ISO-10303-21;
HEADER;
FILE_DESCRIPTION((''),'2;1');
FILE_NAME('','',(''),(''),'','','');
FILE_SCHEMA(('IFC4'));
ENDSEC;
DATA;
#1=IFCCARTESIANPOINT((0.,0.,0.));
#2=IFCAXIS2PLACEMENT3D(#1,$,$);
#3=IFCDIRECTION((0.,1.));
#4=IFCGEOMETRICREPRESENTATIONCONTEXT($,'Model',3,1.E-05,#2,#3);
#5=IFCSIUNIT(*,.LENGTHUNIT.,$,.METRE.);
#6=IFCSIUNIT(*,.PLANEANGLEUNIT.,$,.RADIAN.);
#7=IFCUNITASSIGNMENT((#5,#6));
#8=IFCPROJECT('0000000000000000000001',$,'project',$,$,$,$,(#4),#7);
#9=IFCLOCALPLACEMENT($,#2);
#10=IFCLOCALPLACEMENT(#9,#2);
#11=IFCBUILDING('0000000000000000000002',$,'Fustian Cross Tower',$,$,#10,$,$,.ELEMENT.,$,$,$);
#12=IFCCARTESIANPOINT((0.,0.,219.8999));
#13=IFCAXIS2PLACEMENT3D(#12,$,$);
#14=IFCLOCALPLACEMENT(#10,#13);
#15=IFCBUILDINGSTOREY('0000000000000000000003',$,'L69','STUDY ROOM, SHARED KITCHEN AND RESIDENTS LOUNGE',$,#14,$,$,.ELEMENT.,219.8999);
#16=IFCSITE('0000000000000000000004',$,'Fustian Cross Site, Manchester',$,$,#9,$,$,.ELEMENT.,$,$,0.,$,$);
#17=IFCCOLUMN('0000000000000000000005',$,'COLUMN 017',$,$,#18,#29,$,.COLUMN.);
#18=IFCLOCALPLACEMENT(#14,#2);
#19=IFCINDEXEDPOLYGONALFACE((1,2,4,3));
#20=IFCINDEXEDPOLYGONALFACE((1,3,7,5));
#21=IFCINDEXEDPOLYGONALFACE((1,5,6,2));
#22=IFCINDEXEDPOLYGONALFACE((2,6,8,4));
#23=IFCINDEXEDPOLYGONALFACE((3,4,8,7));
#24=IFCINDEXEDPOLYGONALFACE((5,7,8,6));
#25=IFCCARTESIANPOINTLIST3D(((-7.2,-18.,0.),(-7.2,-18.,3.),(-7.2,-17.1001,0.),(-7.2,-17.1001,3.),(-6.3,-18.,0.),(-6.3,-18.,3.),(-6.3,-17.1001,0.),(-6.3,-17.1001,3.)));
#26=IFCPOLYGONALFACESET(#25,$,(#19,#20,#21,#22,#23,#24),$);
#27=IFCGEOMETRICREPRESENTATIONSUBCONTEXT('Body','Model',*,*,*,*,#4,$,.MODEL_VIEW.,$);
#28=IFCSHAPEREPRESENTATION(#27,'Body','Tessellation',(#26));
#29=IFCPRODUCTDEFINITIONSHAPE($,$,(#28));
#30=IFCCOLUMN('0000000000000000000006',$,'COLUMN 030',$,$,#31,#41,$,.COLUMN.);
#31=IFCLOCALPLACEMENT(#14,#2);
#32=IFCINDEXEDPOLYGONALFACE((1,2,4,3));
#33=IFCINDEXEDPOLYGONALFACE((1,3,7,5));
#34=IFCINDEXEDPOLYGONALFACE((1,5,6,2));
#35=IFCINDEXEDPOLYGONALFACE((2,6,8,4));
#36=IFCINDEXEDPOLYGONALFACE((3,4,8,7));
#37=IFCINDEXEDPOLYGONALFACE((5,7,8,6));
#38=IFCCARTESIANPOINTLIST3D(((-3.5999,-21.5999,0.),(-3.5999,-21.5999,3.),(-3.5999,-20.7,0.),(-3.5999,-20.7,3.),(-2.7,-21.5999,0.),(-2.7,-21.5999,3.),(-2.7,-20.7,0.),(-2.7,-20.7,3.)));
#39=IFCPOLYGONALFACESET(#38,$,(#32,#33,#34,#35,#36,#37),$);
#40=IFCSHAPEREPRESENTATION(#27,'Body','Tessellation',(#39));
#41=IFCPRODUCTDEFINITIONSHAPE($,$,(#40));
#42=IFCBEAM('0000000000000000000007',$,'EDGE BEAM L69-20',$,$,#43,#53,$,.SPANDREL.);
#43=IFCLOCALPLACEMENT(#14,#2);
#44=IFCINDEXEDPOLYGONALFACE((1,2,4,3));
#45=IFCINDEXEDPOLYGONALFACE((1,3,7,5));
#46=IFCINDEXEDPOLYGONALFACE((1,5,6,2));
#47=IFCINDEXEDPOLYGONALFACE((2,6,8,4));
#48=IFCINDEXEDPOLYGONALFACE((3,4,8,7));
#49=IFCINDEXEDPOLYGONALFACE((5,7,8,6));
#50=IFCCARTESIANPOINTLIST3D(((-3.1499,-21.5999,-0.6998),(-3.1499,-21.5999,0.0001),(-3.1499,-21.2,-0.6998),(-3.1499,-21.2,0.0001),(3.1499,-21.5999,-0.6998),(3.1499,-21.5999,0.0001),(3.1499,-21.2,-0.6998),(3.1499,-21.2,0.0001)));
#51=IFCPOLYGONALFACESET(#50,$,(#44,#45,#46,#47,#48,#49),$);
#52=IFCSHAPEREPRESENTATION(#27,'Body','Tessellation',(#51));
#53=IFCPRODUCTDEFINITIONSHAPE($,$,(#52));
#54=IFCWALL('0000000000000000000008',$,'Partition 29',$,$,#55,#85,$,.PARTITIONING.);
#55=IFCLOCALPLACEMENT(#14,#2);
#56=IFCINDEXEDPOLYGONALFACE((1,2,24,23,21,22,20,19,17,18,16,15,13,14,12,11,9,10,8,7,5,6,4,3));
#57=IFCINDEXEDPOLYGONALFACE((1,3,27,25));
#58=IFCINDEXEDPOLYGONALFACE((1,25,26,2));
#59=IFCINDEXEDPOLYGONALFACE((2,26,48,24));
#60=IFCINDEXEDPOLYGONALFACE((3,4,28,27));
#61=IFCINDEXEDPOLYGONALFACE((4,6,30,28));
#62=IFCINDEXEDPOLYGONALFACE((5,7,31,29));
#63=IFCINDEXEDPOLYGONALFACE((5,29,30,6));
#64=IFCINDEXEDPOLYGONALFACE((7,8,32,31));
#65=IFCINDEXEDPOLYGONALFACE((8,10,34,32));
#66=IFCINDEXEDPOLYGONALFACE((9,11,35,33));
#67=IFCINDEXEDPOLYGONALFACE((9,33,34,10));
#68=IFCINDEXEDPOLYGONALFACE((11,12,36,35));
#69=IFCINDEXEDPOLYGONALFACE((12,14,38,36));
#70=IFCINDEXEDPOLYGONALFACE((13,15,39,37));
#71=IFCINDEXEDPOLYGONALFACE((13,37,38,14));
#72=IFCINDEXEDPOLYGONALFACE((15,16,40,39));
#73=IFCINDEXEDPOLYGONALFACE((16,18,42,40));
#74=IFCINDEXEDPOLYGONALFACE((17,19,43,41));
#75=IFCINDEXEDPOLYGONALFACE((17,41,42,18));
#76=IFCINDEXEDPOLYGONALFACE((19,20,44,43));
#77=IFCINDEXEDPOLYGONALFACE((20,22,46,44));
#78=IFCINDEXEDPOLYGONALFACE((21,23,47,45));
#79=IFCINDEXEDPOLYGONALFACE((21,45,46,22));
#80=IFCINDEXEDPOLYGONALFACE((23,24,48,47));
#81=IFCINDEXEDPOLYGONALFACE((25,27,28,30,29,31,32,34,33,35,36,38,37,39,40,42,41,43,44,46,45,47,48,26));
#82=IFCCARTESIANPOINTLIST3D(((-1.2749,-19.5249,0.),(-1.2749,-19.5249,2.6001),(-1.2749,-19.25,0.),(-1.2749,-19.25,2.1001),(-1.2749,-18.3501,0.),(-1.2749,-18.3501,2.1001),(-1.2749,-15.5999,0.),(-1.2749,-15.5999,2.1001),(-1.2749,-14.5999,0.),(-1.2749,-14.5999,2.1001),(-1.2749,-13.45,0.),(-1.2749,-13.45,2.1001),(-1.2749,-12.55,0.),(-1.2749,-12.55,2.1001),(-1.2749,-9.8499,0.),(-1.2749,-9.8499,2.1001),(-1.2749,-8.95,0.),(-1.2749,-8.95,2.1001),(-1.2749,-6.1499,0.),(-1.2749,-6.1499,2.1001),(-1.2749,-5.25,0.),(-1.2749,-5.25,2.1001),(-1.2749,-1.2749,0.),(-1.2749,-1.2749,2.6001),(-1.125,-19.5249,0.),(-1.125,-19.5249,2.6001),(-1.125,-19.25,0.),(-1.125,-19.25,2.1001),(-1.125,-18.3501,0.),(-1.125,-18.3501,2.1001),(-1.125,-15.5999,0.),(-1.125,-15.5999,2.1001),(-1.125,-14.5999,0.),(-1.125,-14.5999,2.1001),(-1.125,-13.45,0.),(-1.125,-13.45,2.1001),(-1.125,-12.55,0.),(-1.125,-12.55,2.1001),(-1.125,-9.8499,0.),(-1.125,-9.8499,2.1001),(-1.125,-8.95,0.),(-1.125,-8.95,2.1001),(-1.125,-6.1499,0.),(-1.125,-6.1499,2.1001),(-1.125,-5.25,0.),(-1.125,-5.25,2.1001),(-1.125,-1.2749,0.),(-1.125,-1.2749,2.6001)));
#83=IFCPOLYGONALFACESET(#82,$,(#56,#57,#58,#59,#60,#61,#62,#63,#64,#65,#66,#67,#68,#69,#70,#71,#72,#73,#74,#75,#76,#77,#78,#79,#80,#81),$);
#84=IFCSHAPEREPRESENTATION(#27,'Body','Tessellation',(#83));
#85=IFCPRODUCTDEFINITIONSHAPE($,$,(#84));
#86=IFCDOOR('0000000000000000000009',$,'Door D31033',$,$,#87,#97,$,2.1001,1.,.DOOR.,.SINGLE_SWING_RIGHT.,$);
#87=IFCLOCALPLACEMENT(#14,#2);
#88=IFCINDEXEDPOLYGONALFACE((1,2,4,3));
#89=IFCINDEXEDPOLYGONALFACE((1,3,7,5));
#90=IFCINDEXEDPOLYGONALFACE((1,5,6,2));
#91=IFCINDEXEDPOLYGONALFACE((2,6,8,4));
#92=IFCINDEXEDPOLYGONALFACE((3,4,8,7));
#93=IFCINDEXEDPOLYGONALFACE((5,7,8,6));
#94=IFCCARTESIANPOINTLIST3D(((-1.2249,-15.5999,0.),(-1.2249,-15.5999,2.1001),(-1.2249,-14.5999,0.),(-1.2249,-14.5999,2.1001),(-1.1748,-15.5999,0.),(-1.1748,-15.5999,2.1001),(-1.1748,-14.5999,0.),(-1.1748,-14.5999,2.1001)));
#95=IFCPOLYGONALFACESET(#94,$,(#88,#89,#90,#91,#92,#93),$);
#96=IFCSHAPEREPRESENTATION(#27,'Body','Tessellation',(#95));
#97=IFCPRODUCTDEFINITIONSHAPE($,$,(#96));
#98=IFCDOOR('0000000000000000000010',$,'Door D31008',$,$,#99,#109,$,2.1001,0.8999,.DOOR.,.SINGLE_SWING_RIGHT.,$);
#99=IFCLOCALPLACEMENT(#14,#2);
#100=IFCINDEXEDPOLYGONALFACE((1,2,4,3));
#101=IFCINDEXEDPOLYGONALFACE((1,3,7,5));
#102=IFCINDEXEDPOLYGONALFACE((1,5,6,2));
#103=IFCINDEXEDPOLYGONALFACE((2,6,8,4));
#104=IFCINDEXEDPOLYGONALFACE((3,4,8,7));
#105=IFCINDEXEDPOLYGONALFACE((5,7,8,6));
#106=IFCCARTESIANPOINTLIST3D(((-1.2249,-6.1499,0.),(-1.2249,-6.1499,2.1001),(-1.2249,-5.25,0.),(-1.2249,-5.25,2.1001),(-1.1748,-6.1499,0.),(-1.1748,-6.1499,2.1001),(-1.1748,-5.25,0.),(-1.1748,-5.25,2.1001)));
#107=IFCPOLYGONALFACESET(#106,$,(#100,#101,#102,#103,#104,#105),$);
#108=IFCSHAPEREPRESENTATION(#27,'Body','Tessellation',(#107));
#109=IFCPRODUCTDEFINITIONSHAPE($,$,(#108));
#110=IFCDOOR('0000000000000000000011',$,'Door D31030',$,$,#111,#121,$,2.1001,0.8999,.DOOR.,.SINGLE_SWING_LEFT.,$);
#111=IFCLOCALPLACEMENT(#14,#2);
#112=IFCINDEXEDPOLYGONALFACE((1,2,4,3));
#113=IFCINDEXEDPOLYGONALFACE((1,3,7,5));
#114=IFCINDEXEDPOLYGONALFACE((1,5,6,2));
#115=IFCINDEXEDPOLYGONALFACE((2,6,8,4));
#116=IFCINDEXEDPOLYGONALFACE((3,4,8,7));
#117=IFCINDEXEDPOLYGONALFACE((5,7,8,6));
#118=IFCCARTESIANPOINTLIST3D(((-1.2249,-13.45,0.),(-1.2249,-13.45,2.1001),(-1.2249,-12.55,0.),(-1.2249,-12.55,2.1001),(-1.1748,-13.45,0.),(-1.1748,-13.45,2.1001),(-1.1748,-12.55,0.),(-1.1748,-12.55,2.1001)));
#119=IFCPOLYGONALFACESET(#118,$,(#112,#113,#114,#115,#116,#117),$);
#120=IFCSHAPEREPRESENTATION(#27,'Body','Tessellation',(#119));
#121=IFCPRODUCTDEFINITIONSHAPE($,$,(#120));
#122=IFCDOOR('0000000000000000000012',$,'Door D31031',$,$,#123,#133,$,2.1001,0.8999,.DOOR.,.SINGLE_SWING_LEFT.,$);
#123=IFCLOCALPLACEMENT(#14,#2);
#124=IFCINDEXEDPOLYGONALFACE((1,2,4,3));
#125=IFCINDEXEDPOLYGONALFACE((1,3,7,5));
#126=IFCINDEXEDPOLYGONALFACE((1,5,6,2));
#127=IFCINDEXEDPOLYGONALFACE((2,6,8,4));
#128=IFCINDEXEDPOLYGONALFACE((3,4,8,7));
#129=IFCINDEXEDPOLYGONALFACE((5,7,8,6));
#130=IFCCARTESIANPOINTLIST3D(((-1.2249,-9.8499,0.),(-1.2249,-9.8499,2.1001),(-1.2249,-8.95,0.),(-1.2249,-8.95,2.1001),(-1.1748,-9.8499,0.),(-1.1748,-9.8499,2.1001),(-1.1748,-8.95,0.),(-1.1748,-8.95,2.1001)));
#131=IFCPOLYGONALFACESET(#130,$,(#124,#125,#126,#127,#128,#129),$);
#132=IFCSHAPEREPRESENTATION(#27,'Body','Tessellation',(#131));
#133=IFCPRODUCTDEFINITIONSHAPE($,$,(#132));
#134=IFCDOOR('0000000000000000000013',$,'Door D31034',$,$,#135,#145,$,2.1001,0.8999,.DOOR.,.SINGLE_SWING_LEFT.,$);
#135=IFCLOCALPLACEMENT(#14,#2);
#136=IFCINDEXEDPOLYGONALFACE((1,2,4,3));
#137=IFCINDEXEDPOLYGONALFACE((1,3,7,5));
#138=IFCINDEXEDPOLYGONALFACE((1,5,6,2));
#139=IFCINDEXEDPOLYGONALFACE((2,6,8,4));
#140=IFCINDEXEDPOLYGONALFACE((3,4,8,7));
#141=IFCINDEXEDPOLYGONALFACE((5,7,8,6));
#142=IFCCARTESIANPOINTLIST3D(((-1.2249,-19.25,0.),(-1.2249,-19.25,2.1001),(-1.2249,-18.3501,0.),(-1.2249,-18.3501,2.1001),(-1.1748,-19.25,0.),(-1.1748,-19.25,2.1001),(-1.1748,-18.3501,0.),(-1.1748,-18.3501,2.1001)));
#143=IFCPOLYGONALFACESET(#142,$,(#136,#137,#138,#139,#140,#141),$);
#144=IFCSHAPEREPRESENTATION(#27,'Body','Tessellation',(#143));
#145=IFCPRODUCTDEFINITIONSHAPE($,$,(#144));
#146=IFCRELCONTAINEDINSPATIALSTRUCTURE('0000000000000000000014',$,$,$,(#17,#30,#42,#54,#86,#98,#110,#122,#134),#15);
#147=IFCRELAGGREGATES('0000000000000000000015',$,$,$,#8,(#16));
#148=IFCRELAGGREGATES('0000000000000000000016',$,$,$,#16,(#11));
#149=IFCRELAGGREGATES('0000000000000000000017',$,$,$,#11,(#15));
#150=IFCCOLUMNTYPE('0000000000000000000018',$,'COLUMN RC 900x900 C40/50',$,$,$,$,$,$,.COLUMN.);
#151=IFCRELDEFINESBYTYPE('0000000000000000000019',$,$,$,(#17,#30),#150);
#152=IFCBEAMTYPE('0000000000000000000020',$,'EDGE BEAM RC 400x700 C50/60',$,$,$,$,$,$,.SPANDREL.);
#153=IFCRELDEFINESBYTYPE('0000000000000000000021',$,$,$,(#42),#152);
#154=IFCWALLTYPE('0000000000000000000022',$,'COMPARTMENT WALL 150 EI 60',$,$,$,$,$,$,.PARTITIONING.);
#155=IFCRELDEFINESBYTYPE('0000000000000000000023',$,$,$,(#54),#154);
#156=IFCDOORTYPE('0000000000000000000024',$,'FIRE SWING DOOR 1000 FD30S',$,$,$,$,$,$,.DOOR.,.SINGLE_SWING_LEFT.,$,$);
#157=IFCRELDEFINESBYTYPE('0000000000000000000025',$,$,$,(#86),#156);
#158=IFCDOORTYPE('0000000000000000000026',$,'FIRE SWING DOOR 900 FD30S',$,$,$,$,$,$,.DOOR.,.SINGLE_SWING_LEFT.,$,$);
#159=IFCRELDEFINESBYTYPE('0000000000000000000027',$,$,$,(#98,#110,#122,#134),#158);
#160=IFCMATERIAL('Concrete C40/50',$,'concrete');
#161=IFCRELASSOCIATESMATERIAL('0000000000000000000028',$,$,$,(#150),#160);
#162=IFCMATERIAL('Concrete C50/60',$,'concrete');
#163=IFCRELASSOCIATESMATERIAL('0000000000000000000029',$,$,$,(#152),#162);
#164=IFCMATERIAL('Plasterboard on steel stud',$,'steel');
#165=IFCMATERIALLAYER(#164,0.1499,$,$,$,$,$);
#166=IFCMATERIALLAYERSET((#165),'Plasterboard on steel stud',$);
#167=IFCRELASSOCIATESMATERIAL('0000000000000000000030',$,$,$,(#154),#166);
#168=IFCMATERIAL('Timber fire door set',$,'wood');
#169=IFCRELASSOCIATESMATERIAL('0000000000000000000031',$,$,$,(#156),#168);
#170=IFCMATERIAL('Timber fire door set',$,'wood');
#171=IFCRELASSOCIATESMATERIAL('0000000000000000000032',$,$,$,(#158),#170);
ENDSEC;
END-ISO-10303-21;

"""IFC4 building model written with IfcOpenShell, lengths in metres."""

from ifc_helpers import new_model, si_unit, direction, frame, frame_2d, origin, origin_2d, place, context, subcontext, project, spatial, rectangle, extrude, material, layer, layer_set, material_profile, profile_set, type_object, element, fill, save


model = new_model("IFC4")

# Units and contexts
model_context = context("Model", 3, precision=1e-05, world=origin(), true_north=direction((0.0, 1.0)))
body_context = subcontext(model_context, "Body", "Model", "MODEL_VIEW")
ifc_project = project(units=[si_unit("LENGTHUNIT", "METRE"), si_unit("PLANEANGLEUNIT", "RADIAN")], contexts=[model_context])

# Site, building, storey
site_placement = place(None, origin())
site = spatial("IfcSite", under=ifc_project, at=site_placement, Name="Fustian Cross Site, Manchester", CompositionType="ELEMENT", RefElevation=0.0)
building_placement = place(site_placement, origin())
building = spatial("IfcBuilding", under=site, at=building_placement, Name="Fustian Cross Tower", CompositionType="ELEMENT")
storey_placement = place(building_placement, frame((0.0, 0.0, 219.8999)))
storey = spatial("IfcBuildingStorey", under=building, at=storey_placement, Name="L69", Description="STUDY ROOM, SHARED KITCHEN AND RESIDENTS LOUNGE", CompositionType="ELEMENT", Elevation=219.8999)

# Columns
ifc_material_1 = material(Name="Concrete C40/50", Category="concrete")
ifc_material_profile_1 = material_profile(ifc_material_1, rectangle(XDim=0.8999, YDim=0.8999, at=origin_2d()), Name="RC 900x900")
ifc_profile_set_1 = profile_set([ifc_material_profile_1], Name="Concrete C40/50")
column_type = type_object("IfcColumnType", Name="COLUMN RC 900x900 C40/50", PredefinedType="COLUMN", material=ifc_profile_set_1)
for number, where, z_axis, x_axis, name in (
    (1, (-6.75, -17.55, 0.0), (0.0, 0.0, 1.0), (1.0, 0.0, 0.0), "COLUMN 017"),
    (2, (-3.1499, -21.1499, 0.0), (0.0, 0.0, 1.0), (1.0, 0.0, 0.0), "COLUMN 030"),
):
    element("IfcColumn", number, at=place(storey_placement, frame(where, z_axis=z_axis, x_axis=x_axis)), inside=storey, type_object=column_type, Name=name, PredefinedType="COLUMN", context=body_context, shape_type="SweptSolid", body=[
        extrude(rectangle(XDim=0.8999, YDim=0.8999, at=origin_2d()), origin(), (0.0, 0.0, 1.0), 3.0),
    ])

# Beam
ifc_material_2 = material(Name="Concrete C50/60", Category="concrete")
ifc_material_profile_2 = material_profile(ifc_material_2, rectangle(XDim=0.3999, YDim=0.7, at=origin_2d()), Name="RC 400x700")
ifc_profile_set_2 = profile_set([ifc_material_profile_2], Name="Concrete C50/60")
beam_type = type_object("IfcBeamType", Name="EDGE BEAM RC 400x700 C50/60", PredefinedType="SPANDREL", material=ifc_profile_set_2)
beam_placement = place(storey_placement, frame((-3.1499, -21.3999, -0.3499), z_axis=(1.0, 0.0, 0.0), x_axis=(0.0, 1.0, 0.0)))
element("IfcBeam", 3, at=beam_placement, inside=storey, type_object=beam_type, Name="EDGE BEAM L69-20", PredefinedType="SPANDREL", context=body_context, shape_type="SweptSolid", body=[
    extrude(rectangle(XDim=0.3999, YDim=0.7, at=origin_2d()), origin(), (0.0, 0.0, 1.0), 6.2998),
])

# Wall, openings, doors
ifc_material_3 = material(Name="Plasterboard on steel stud", Category="steel")
ifc_layer_1 = layer(ifc_material_3, 0.1499)
ifc_layer_set_1 = layer_set([ifc_layer_1], Name="Plasterboard on steel stud")
wall_type_1 = type_object("IfcWallType", Name="COMPARTMENT WALL 150 EI 60", PredefinedType="PARTITIONING", material=ifc_layer_set_1)
wall_1_placement = place(storey_placement, frame((-1.2, -19.5249, 0.0), z_axis=(0.0, 0.0, 1.0), x_axis=(0.0, 1.0, 0.0)))
wall_1 = element("IfcWall", 4, at=wall_1_placement, inside=storey, type_object=wall_type_1, Name="Partition 29", PredefinedType="PARTITIONING", context=body_context, shape_type="SweptSolid", body=[
    extrude(rectangle(XDim=18.25, YDim=0.1499, at=frame_2d((9.125, 0.0))), origin(), (0.0, 0.0, 1.0), 2.6001),
])
opening_1_placement = place(wall_1_placement, frame((13.375, 0.0, 0.0)))
opening_1 = element("IfcOpeningElement", 5, at=opening_1_placement, cuts=wall_1, PredefinedType="OPENING", context=body_context, shape_type="SweptSolid", body=[
    extrude(rectangle(XDim=0.8999, YDim=2.1001, at=frame_2d((0.45, 1.05))), frame((0.0, 0.085, 0.0), z_axis=(0.0, -1.0, 0.0), x_axis=(1.0, 0.0, 0.0)), (0.0, 0.0, 1.0), 0.1699),
])
opening_2_placement = place(wall_1_placement, frame((6.075, 0.0, 0.0)))
opening_2 = element("IfcOpeningElement", 6, at=opening_2_placement, cuts=wall_1, PredefinedType="OPENING", context=body_context, shape_type="SweptSolid", body=[
    extrude(rectangle(XDim=0.8999, YDim=2.1001, at=frame_2d((0.45, 1.05))), frame((0.0, 0.085, 0.0), z_axis=(0.0, -1.0, 0.0), x_axis=(1.0, 0.0, 0.0)), (0.0, 0.0, 1.0), 0.1699),
])
opening_3_placement = place(wall_1_placement, frame((9.675, 0.0, 0.0)))
opening_3 = element("IfcOpeningElement", 7, at=opening_3_placement, cuts=wall_1, PredefinedType="OPENING", context=body_context, shape_type="SweptSolid", body=[
    extrude(rectangle(XDim=0.8999, YDim=2.1001, at=frame_2d((0.45, 1.05))), frame((0.0, 0.085, 0.0), z_axis=(0.0, -1.0, 0.0), x_axis=(1.0, 0.0, 0.0)), (0.0, 0.0, 1.0), 0.1699),
])
opening_4_placement = place(wall_1_placement, frame((3.925, 0.0, 0.0)))
opening_4 = element("IfcOpeningElement", 8, at=opening_4_placement, cuts=wall_1, PredefinedType="OPENING", context=body_context, shape_type="SweptSolid", body=[
    extrude(rectangle(XDim=1.0, YDim=2.1001, at=frame_2d((0.5, 1.05))), frame((0.0, 0.085, 0.0), z_axis=(0.0, -1.0, 0.0), x_axis=(1.0, 0.0, 0.0)), (0.0, 0.0, 1.0), 0.1699),
])
opening_5_placement = place(wall_1_placement, frame((0.2749, 0.0, 0.0)))
opening_5 = element("IfcOpeningElement", 9, at=opening_5_placement, cuts=wall_1, PredefinedType="OPENING", context=body_context, shape_type="SweptSolid", body=[
    extrude(rectangle(XDim=0.8999, YDim=2.1001, at=frame_2d((0.45, 1.05))), frame((0.0, 0.085, 0.0), z_axis=(0.0, -1.0, 0.0), x_axis=(1.0, 0.0, 0.0)), (0.0, 0.0, 1.0), 0.1699),
])
ifc_material_4 = material(Name="Timber fire door set", Category="wood")
door_type_1 = type_object("IfcDoorType", Name="FIRE SWING DOOR 1000 FD30S", OperationType="SINGLE_SWING_LEFT", PredefinedType="DOOR", material=ifc_material_4)
door_1_placement = place(opening_4_placement, origin())
door_1 = element("IfcDoor", 10, at=door_1_placement, inside=storey, type_object=door_type_1, Name="Door D31033", OperationType="SINGLE_SWING_RIGHT", OverallHeight=2.1001, OverallWidth=1.0, PredefinedType="DOOR", context=body_context, shape_type="SweptSolid", body=[
    extrude(rectangle(XDim=1.0, YDim=2.1001, at=frame_2d((0.5, 1.05))), frame((0.0, 0.0249, 0.0), z_axis=(0.0, -1.0, 0.0), x_axis=(1.0, 0.0, 0.0)), (0.0, 0.0, 1.0), 0.05),
])
fill(opening_4, door_1)
ifc_material_5 = material(Name="Timber fire door set", Category="wood")
door_type_2 = type_object("IfcDoorType", Name="FIRE SWING DOOR 900 FD30S", OperationType="SINGLE_SWING_LEFT", PredefinedType="DOOR", material=ifc_material_5)
door_2_placement = place(opening_1_placement, origin())
door_2 = element("IfcDoor", 11, at=door_2_placement, inside=storey, type_object=door_type_2, Name="Door D31008", OperationType="SINGLE_SWING_RIGHT", OverallHeight=2.1001, OverallWidth=0.8999, PredefinedType="DOOR", context=body_context, shape_type="SweptSolid", body=[
    extrude(rectangle(XDim=0.8999, YDim=2.1001, at=frame_2d((0.45, 1.05))), frame((0.0, 0.0249, 0.0), z_axis=(0.0, -1.0, 0.0), x_axis=(1.0, 0.0, 0.0)), (0.0, 0.0, 1.0), 0.05),
])
fill(opening_1, door_2)
door_3_placement = place(opening_2_placement, origin())
door_3 = element("IfcDoor", 12, at=door_3_placement, inside=storey, type_object=door_type_2, Name="Door D31030", OperationType="SINGLE_SWING_LEFT", OverallHeight=2.1001, OverallWidth=0.8999, PredefinedType="DOOR", context=body_context, shape_type="SweptSolid", body=[
    extrude(rectangle(XDim=0.8999, YDim=2.1001, at=frame_2d((0.45, 1.05))), frame((0.0, 0.0249, 0.0), z_axis=(0.0, -1.0, 0.0), x_axis=(1.0, 0.0, 0.0)), (0.0, 0.0, 1.0), 0.05),
])
fill(opening_2, door_3)
door_4_placement = place(opening_3_placement, origin())
door_4 = element("IfcDoor", 13, at=door_4_placement, inside=storey, type_object=door_type_2, Name="Door D31031", OperationType="SINGLE_SWING_LEFT", OverallHeight=2.1001, OverallWidth=0.8999, PredefinedType="DOOR", context=body_context, shape_type="SweptSolid", body=[
    extrude(rectangle(XDim=0.8999, YDim=2.1001, at=frame_2d((0.45, 1.05))), frame((0.0, 0.0249, 0.0), z_axis=(0.0, -1.0, 0.0), x_axis=(1.0, 0.0, 0.0)), (0.0, 0.0, 1.0), 0.05),
])
fill(opening_3, door_4)
door_5_placement = place(opening_5_placement, origin())
door_5 = element("IfcDoor", 14, at=door_5_placement, inside=storey, type_object=door_type_2, Name="Door D31034", OperationType="SINGLE_SWING_LEFT", OverallHeight=2.1001, OverallWidth=0.8999, PredefinedType="DOOR", context=body_context, shape_type="SweptSolid", body=[
    extrude(rectangle(XDim=0.8999, YDim=2.1001, at=frame_2d((0.45, 1.05))), frame((0.0, 0.0249, 0.0), z_axis=(0.0, -1.0, 0.0), x_axis=(1.0, 0.0, 0.0)), (0.0, 0.0, 1.0), 0.05),
])
fill(opening_5, door_5)

save(model, "model.ifc")
